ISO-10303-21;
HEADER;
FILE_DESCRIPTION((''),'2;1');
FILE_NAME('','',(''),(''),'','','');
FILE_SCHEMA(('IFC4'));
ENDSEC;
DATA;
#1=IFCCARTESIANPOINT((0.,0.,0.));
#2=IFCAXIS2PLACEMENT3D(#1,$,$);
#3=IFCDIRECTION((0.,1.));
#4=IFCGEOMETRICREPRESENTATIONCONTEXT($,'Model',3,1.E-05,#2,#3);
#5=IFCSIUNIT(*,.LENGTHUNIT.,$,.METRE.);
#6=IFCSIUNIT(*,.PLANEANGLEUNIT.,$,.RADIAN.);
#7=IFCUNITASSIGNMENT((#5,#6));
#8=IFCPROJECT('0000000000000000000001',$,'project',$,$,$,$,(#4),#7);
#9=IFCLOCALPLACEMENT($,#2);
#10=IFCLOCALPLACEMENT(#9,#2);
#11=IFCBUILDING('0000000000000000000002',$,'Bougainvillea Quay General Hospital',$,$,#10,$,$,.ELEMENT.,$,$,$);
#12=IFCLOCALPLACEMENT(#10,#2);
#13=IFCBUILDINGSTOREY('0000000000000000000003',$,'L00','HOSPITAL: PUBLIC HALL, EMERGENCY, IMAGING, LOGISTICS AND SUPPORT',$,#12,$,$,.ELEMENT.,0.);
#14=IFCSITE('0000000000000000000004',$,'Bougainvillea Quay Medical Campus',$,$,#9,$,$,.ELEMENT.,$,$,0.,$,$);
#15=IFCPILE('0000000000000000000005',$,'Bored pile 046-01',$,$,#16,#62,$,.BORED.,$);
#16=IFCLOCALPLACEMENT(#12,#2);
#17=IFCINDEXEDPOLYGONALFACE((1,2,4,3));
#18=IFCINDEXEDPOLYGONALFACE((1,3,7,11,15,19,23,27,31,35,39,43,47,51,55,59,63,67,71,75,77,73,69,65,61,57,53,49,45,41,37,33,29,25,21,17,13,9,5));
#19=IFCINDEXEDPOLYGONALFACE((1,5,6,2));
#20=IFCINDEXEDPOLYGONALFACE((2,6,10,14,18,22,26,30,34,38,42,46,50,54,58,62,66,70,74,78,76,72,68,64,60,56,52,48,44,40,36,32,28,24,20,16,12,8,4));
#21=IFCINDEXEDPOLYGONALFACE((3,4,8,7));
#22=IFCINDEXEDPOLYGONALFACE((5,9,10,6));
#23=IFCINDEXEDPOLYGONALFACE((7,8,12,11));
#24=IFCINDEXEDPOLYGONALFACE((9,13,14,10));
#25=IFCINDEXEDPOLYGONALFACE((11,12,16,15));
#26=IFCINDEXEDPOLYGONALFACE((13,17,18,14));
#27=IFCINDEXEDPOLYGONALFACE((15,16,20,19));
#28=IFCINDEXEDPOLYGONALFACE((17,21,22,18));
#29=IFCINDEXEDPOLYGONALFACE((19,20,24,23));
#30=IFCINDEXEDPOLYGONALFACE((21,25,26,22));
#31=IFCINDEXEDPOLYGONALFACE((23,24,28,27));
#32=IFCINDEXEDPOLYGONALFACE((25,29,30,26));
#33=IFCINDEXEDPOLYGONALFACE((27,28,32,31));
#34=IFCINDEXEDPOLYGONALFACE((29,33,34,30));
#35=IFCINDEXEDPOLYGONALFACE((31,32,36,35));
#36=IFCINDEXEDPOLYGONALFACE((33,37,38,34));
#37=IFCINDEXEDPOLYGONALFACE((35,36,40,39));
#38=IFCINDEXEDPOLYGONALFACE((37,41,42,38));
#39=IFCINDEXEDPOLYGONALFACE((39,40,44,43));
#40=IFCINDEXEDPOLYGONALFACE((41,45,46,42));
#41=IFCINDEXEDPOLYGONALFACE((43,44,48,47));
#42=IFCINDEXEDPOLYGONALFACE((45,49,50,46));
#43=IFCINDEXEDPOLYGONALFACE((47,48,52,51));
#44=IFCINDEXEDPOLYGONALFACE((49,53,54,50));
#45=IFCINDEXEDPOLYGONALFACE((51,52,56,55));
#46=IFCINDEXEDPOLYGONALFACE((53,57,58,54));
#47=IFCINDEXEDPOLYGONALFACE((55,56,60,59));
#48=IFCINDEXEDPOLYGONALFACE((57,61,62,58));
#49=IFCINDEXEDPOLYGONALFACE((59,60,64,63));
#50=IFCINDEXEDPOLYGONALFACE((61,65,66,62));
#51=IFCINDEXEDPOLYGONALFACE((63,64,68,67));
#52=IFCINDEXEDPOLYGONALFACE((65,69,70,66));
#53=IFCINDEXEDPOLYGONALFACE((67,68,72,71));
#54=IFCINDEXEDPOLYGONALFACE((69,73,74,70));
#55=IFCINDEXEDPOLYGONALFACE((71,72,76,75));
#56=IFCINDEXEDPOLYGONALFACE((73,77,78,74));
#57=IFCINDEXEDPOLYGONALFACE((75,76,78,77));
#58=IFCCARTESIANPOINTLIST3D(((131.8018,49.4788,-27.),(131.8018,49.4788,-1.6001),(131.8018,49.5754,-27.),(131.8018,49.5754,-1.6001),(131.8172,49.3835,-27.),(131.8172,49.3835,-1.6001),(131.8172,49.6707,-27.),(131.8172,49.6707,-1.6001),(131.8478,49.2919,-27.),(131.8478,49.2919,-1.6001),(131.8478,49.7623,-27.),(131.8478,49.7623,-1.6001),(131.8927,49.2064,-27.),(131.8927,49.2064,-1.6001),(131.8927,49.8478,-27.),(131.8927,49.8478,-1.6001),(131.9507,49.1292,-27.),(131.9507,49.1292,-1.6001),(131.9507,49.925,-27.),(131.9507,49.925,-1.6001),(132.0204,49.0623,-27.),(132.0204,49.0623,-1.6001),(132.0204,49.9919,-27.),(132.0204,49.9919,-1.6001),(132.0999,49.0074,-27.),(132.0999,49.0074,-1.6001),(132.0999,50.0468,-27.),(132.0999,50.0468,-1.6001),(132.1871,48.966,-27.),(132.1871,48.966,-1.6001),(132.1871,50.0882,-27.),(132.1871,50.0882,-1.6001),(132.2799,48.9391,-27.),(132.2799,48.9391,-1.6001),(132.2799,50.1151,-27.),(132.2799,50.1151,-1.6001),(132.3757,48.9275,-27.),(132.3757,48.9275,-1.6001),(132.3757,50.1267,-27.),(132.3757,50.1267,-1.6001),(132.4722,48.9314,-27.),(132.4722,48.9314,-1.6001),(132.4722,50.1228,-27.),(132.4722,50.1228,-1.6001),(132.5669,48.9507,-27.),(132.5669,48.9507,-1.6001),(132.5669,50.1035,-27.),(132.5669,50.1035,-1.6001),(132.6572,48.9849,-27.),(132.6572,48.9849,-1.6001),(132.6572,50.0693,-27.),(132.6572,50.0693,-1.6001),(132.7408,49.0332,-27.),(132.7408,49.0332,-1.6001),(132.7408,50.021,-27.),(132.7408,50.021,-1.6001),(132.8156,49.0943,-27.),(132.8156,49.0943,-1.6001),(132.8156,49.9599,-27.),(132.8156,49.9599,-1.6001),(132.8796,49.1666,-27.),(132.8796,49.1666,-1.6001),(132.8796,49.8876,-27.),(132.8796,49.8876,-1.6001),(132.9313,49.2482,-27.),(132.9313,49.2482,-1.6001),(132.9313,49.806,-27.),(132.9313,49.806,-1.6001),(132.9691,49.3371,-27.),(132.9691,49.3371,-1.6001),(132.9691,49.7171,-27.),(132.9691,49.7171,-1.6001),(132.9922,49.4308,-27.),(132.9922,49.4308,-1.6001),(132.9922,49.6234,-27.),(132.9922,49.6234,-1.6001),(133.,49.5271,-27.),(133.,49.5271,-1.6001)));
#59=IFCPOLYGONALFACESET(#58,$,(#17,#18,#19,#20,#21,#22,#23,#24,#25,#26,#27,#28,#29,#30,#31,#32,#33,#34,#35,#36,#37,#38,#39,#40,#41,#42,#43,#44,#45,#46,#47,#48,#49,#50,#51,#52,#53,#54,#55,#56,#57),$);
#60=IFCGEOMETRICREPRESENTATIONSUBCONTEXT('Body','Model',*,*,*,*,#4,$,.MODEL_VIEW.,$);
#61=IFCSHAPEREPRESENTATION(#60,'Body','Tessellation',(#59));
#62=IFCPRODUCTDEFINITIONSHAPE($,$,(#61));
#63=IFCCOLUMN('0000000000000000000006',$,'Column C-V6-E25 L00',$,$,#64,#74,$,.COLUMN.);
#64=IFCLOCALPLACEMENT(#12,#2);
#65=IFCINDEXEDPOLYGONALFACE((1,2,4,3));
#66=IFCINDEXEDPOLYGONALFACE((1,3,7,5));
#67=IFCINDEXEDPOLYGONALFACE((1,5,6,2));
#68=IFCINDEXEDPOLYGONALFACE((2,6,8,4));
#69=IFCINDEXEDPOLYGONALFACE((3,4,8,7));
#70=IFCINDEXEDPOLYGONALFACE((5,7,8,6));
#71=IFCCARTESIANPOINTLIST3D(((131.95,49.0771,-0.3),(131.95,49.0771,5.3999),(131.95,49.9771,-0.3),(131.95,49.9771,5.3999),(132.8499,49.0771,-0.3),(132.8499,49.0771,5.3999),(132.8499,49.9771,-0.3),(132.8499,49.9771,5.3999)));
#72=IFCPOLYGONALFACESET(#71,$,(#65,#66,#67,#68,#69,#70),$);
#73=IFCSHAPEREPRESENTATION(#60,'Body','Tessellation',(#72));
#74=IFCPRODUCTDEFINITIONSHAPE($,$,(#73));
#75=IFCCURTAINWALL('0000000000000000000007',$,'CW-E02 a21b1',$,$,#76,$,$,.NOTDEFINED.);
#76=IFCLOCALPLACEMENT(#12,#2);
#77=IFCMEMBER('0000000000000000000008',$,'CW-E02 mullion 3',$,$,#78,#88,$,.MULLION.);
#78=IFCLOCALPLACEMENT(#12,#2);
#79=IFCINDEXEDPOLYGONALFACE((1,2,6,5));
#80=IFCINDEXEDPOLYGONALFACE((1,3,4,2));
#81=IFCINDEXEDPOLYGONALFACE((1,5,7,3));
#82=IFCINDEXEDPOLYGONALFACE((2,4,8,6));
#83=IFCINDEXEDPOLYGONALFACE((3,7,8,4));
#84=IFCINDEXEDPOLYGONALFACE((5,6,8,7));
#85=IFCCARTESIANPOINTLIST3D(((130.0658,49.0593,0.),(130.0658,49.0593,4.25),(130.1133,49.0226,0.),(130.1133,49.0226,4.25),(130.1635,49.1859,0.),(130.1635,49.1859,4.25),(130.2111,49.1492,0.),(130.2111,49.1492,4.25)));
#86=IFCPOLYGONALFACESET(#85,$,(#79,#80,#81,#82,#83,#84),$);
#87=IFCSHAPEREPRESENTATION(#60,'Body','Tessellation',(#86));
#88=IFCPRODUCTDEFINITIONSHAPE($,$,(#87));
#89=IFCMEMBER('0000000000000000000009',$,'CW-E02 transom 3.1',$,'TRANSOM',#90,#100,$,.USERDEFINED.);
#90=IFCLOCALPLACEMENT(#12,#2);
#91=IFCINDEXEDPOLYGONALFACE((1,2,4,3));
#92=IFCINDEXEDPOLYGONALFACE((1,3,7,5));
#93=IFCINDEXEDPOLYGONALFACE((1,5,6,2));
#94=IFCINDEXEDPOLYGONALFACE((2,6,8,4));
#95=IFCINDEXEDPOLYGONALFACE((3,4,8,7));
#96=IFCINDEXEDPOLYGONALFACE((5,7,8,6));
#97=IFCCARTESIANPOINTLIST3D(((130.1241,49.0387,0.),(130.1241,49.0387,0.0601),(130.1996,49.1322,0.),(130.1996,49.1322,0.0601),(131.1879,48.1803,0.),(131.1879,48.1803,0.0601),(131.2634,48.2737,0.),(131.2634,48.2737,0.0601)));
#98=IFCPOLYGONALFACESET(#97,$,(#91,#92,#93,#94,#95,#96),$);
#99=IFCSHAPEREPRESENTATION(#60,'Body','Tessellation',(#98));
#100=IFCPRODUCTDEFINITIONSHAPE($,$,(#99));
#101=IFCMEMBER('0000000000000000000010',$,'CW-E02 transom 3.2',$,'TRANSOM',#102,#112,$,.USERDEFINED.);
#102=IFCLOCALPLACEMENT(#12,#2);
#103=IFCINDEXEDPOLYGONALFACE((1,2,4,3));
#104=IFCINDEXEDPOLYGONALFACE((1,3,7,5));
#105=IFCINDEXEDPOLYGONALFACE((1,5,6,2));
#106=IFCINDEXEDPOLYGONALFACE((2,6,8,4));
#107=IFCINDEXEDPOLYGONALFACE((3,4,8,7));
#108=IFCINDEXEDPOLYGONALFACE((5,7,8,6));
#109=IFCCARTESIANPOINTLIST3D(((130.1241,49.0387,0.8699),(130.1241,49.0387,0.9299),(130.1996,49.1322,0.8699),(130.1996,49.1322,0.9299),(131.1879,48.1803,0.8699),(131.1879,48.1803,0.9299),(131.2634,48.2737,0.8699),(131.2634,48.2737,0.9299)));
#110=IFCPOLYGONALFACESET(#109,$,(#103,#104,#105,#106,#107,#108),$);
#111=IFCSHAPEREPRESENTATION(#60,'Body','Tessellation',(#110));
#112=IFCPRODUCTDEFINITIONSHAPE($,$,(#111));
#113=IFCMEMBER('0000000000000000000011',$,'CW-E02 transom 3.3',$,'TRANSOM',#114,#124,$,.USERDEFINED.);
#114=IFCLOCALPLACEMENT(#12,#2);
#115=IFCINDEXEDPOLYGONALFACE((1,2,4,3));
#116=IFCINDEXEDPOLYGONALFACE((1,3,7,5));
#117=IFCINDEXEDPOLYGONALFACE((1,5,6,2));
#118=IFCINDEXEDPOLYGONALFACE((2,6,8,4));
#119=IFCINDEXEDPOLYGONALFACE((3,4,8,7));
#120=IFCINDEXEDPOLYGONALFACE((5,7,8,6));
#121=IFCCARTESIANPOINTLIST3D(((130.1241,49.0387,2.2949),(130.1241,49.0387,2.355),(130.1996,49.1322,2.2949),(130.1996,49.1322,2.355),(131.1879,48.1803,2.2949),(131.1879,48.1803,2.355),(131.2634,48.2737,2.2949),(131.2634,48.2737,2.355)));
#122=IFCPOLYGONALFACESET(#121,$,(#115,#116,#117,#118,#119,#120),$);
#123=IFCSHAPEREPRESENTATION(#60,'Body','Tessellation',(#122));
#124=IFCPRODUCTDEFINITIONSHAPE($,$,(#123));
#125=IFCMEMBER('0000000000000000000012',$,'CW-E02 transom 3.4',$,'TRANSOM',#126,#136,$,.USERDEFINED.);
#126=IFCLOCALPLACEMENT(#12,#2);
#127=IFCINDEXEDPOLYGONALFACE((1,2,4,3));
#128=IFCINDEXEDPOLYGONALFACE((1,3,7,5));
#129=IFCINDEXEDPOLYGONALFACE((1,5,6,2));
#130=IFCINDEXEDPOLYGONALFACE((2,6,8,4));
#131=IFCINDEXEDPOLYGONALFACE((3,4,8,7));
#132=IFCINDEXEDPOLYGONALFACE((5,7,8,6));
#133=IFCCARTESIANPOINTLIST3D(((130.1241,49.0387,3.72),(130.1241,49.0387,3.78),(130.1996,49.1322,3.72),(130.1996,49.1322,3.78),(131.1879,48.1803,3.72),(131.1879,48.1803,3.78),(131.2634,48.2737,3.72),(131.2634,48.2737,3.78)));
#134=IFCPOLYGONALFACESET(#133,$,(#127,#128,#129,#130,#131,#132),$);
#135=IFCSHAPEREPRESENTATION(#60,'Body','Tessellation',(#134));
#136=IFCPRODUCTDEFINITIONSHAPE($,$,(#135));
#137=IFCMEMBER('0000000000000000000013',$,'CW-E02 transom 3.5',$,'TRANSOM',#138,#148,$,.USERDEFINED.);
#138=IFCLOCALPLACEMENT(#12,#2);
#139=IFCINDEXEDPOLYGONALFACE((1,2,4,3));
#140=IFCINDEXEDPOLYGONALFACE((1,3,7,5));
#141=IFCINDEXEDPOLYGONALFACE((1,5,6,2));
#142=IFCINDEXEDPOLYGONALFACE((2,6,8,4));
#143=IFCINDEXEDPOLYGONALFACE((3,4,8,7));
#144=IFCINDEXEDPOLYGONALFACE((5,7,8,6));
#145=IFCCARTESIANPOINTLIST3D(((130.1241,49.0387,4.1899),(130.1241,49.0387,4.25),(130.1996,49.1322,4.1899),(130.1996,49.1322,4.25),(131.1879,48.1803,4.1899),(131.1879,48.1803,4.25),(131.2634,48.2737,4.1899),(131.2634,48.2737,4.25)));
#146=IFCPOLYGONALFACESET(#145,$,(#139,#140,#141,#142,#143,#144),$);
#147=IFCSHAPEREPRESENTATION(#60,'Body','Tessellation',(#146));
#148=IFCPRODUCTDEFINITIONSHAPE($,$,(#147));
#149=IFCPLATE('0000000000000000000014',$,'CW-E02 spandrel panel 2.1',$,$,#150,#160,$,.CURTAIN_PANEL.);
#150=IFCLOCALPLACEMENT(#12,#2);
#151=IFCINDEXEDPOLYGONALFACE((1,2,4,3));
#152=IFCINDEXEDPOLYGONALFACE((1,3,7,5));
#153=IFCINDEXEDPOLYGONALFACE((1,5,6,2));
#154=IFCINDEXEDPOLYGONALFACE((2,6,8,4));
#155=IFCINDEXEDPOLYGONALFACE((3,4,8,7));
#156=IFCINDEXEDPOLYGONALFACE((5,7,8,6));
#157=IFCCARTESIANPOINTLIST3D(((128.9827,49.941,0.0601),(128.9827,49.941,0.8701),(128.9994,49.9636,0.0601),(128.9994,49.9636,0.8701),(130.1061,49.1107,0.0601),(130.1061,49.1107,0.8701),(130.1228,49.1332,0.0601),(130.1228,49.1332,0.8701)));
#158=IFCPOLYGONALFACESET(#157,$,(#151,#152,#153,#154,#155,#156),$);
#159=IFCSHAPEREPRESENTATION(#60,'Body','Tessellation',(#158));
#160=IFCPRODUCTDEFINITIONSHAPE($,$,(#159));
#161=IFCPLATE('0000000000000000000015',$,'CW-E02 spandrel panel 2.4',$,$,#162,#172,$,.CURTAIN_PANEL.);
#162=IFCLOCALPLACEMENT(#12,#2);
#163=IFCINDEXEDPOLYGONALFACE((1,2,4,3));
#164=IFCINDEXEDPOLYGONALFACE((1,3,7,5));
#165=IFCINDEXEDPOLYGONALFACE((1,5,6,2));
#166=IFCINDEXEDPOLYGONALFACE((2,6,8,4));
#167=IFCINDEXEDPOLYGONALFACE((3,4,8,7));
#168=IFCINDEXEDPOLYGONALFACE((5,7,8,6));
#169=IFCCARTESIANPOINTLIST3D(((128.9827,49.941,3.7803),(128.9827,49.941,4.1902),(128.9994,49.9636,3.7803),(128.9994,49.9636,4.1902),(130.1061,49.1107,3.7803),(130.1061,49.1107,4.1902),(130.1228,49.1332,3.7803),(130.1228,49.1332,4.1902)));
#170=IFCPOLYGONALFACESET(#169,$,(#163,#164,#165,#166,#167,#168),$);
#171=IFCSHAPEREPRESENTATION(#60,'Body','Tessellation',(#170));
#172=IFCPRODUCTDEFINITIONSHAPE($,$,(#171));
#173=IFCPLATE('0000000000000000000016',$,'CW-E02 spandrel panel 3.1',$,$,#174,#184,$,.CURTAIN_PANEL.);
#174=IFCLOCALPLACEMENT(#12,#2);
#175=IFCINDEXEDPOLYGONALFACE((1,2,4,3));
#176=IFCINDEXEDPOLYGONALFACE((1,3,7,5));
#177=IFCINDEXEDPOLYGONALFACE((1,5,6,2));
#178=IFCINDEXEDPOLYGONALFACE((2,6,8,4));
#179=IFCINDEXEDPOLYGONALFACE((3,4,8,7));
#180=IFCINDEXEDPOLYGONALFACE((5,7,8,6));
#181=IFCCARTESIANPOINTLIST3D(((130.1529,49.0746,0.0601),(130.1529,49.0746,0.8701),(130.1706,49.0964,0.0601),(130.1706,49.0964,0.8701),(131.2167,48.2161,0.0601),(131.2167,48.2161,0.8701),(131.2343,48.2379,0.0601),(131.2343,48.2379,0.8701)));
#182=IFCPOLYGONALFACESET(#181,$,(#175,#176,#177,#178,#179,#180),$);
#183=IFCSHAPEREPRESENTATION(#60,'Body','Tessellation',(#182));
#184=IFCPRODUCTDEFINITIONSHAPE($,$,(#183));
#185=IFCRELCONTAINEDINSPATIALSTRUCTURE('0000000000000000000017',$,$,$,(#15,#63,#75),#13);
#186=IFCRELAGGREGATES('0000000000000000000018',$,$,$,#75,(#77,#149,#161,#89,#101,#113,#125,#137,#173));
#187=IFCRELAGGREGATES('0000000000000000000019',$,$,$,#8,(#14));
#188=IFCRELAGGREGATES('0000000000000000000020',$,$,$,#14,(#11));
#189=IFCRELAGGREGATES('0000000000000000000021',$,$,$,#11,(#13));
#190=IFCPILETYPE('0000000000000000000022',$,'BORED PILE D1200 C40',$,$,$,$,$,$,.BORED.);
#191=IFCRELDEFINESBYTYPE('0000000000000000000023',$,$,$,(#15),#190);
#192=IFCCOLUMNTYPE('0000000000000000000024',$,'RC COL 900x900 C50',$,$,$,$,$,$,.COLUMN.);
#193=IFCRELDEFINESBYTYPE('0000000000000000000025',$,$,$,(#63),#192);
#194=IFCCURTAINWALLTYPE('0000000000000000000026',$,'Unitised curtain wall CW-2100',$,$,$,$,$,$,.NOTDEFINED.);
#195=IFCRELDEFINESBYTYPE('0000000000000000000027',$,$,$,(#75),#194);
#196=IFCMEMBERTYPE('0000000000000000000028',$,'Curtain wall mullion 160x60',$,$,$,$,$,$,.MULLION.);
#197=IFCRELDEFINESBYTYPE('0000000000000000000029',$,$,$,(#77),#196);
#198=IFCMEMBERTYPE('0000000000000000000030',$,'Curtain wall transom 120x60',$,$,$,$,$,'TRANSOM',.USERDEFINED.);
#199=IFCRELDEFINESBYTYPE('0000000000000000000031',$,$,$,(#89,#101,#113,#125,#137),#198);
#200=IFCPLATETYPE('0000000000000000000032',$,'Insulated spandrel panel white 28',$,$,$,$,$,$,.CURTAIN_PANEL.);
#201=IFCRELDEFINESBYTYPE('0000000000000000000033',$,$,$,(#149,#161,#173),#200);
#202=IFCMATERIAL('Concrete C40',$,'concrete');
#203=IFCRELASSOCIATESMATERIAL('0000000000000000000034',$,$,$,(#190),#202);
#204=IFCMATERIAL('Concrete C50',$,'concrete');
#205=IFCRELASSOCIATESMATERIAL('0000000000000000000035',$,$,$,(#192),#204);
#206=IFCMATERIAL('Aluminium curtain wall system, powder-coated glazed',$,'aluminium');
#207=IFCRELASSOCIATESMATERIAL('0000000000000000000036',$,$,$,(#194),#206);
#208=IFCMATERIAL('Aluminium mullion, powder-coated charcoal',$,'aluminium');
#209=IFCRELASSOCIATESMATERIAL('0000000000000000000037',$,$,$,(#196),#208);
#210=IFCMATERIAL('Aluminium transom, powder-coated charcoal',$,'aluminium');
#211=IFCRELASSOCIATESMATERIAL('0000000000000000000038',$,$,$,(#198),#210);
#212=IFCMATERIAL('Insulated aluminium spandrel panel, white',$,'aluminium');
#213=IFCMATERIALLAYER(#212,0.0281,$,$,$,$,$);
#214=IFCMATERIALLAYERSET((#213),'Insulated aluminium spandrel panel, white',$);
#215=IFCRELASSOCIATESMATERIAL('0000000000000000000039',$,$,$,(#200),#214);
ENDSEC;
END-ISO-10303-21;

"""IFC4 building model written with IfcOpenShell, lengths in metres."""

from ifc_helpers import new_model, si_unit, direction, frame, origin, origin_2d, place, context, subcontext, project, spatial, rectangle, circle, extrude, material, layer, layer_set, material_profile, profile_set, type_object, element, aggregate, save


model = new_model("IFC4")

# Units and contexts
model_context = context("Model", 3, precision=1e-05, world=origin(), true_north=direction((0.0, 1.0)))
body_context = subcontext(model_context, "Body", "Model", "MODEL_VIEW")
ifc_project = project(units=[si_unit("LENGTHUNIT", "METRE"), si_unit("PLANEANGLEUNIT", "RADIAN")], contexts=[model_context])

# Site, building, storey
site_placement = place(None, origin())
site = spatial("IfcSite", under=ifc_project, at=site_placement, Name="Bougainvillea Quay Medical Campus", CompositionType="ELEMENT", RefElevation=0.0)
building_placement = place(site_placement, origin())
building = spatial("IfcBuilding", under=site, at=building_placement, Name="Bougainvillea Quay General Hospital", CompositionType="ELEMENT")
storey_placement = place(building_placement, origin())
storey = spatial("IfcBuildingStorey", under=building, at=storey_placement, Name="L00", Description="HOSPITAL: PUBLIC HALL, EMERGENCY, IMAGING, LOGISTICS AND SUPPORT", CompositionType="ELEMENT", Elevation=0.0)

# Pile
ifc_material_1 = material(Name="Concrete C40", Category="concrete")
ifc_material_profile_1 = material_profile(ifc_material_1, circle(Radius=0.6001, at=origin_2d()))
ifc_profile_set_1 = profile_set([ifc_material_profile_1], Name="Concrete C40")
pile_type = type_object("IfcPileType", Name="BORED PILE D1200 C40", PredefinedType="BORED", material=ifc_profile_set_1)
pile_placement = place(storey_placement, frame((132.3999, 49.5271, -1.6001), z_axis=(0.0, 0.0, -1.0), x_axis=(1.0, 0.0, 0.0)))
element("IfcPile", 1, at=pile_placement, inside=storey, type_object=pile_type, Name="Bored pile 046-01", PredefinedType="BORED", context=body_context, shape_type="SweptSolid", body=[
    extrude(circle(Radius=0.6001, at=origin_2d()), origin(), (0.0, 0.0, 1.0), 25.3999),
])

# Column
ifc_material_2 = material(Name="Concrete C50", Category="concrete")
ifc_material_profile_2 = material_profile(ifc_material_2, rectangle(XDim=0.8999, YDim=0.8999, at=origin_2d()))
ifc_profile_set_2 = profile_set([ifc_material_profile_2], Name="Concrete C50")
column_type = type_object("IfcColumnType", Name="RC COL 900x900 C50", PredefinedType="COLUMN", material=ifc_profile_set_2)
column_placement = place(storey_placement, frame((132.3999, 49.5271, -0.3), z_axis=(0.0, 0.0, 1.0), x_axis=(1.0, 0.0, 0.0)))
element("IfcColumn", 2, at=column_placement, inside=storey, type_object=column_type, Name="Column C-V6-E25 L00", PredefinedType="COLUMN", context=body_context, shape_type="SweptSolid", body=[
    extrude(rectangle(XDim=0.8999, YDim=0.8999, at=origin_2d()), origin(), (0.0, 0.0, 1.0), 5.7),
])

# Curtain wall, members, plates
ifc_material_3 = material(Name="Aluminium curtain wall system, powder-coated glazed", Category="aluminium")
curtain_wall_type = type_object("IfcCurtainWallType", Name="Unitised curtain wall CW-2100", PredefinedType="NOTDEFINED", material=ifc_material_3)
curtain_wall_placement = place(storey_placement, origin())
curtain_wall = element("IfcCurtainWall", 3, at=curtain_wall_placement, inside=storey, type_object=curtain_wall_type, Name="CW-E02 a21b1", PredefinedType="NOTDEFINED")
ifc_material_4 = material(Name="Aluminium mullion, powder-coated charcoal", Category="aluminium")
ifc_material_profile_3 = material_profile(ifc_material_4, rectangle(XDim=0.1599, YDim=0.0601, at=origin_2d()))
ifc_profile_set_3 = profile_set([ifc_material_profile_3], Name="Aluminium mullion, powder-coated charcoal")
member_type_1 = type_object("IfcMemberType", Name="Curtain wall mullion 160x60", PredefinedType="MULLION", material=ifc_profile_set_3)
member_1_placement = place(storey_placement, frame((130.1384, 49.1042, 0.0), z_axis=(0.0, 0.0, 1.0), x_axis=(0.611343, 0.791366, 0.0)))
member_1 = element("IfcMember", 4, at=member_1_placement, type_object=member_type_1, Name="CW-E02 mullion 3", PredefinedType="MULLION", context=body_context, shape_type="SweptSolid", body=[
    extrude(rectangle(XDim=0.1599, YDim=0.0601, at=origin_2d()), origin(), (0.0, 0.0, 1.0), 4.25),
])
ifc_material_5 = material(Name="Aluminium transom, powder-coated charcoal", Category="aluminium")
ifc_material_profile_4 = material_profile(ifc_material_5, rectangle(XDim=0.1201, YDim=0.0601, at=origin_2d()))
ifc_profile_set_4 = profile_set([ifc_material_profile_4], Name="Aluminium transom, powder-coated charcoal")
member_type_2 = type_object("IfcMemberType", Name="Curtain wall transom 120x60", ElementType="TRANSOM", PredefinedType="USERDEFINED", material=ifc_profile_set_4)
member_2_placement = place(storey_placement, frame((130.1619, 49.0854, 0.03), z_axis=(0.778213, -0.628, 0.0), x_axis=(0.628, 0.778213, 0.0)))
member_2 = element("IfcMember", 5, at=member_2_placement, type_object=member_type_2, Name="CW-E02 transom 3.1", ObjectType="TRANSOM", PredefinedType="USERDEFINED", context=body_context, shape_type="SweptSolid", body=[
    extrude(rectangle(XDim=0.1201, YDim=0.0601, at=origin_2d()), origin(), (0.0, 0.0, 1.0), 1.3669),
])
member_3_placement = place(storey_placement, frame((130.1619, 49.0854, 0.8999), z_axis=(0.778213, -0.628, 0.0), x_axis=(0.628, 0.778213, 0.0)))
member_3 = element("IfcMember", 6, at=member_3_placement, type_object=member_type_2, Name="CW-E02 transom 3.2", ObjectType="TRANSOM", PredefinedType="USERDEFINED", context=body_context, shape_type="SweptSolid", body=[
    extrude(rectangle(XDim=0.1201, YDim=0.0601, at=origin_2d()), origin(), (0.0, 0.0, 1.0), 1.3669),
])
member_4_placement = place(storey_placement, frame((130.1619, 49.0854, 2.325), z_axis=(0.778213, -0.628, 0.0), x_axis=(0.628, 0.778213, 0.0)))
member_4 = element("IfcMember", 7, at=member_4_placement, type_object=member_type_2, Name="CW-E02 transom 3.3", ObjectType="TRANSOM", PredefinedType="USERDEFINED", context=body_context, shape_type="SweptSolid", body=[
    extrude(rectangle(XDim=0.1201, YDim=0.0601, at=origin_2d()), origin(), (0.0, 0.0, 1.0), 1.3669),
])
member_5_placement = place(storey_placement, frame((130.1619, 49.0854, 3.75), z_axis=(0.778213, -0.628, 0.0), x_axis=(0.628, 0.778213, 0.0)))
member_5 = element("IfcMember", 8, at=member_5_placement, type_object=member_type_2, Name="CW-E02 transom 3.4", ObjectType="TRANSOM", PredefinedType="USERDEFINED", context=body_context, shape_type="SweptSolid", body=[
    extrude(rectangle(XDim=0.1201, YDim=0.0601, at=origin_2d()), origin(), (0.0, 0.0, 1.0), 1.3669),
])
member_6_placement = place(storey_placement, frame((130.1619, 49.0854, 4.22), z_axis=(0.778213, -0.628, 0.0), x_axis=(0.628, 0.778213, 0.0)))
member_6 = element("IfcMember", 9, at=member_6_placement, type_object=member_type_2, Name="CW-E02 transom 3.5", ObjectType="TRANSOM", PredefinedType="USERDEFINED", context=body_context, shape_type="SweptSolid", body=[
    extrude(rectangle(XDim=0.1201, YDim=0.0601, at=origin_2d()), origin(), (0.0, 0.0, 1.0), 1.3669),
])
ifc_material_6 = material(Name="Insulated aluminium spandrel panel, white", Category="aluminium")
ifc_layer_1 = layer(ifc_material_6, 0.0281)
ifc_layer_set_1 = layer_set([ifc_layer_1], Name="Insulated aluminium spandrel panel, white")
plate_type_1 = type_object("IfcPlateType", Name="Insulated spandrel panel white 28", PredefinedType="CURTAIN_PANEL", material=ifc_layer_set_1)
plate_1_placement = place(storey_placement, frame((129.5527, 49.5371, 0.0601), z_axis=(0.0, 0.0, 1.0), x_axis=(0.804189, -0.594374, 0.0)))
plate_1 = element("IfcPlate", 10, at=plate_1_placement, type_object=plate_type_1, Name="CW-E02 spandrel panel 2.1", PredefinedType="CURTAIN_PANEL", context=body_context, shape_type="SweptSolid", body=[
    extrude(rectangle(XDim=1.397, YDim=0.0281, at=origin_2d()), origin(), (0.0, 0.0, 1.0), 0.8101),
])
plate_2_placement = place(storey_placement, frame((129.5527, 49.5371, 3.7803), z_axis=(0.0, 0.0, 1.0), x_axis=(0.804189, -0.594374, 0.0)))
plate_2 = element("IfcPlate", 11, at=plate_2_placement, type_object=plate_type_1, Name="CW-E02 spandrel panel 2.4", PredefinedType="CURTAIN_PANEL", context=body_context, shape_type="SweptSolid", body=[
    extrude(rectangle(XDim=1.397, YDim=0.0281, at=origin_2d()), origin(), (0.0, 0.0, 1.0), 0.4099),
])
plate_3_placement = place(storey_placement, frame((130.6936, 48.6562, 0.0601), z_axis=(0.0, 0.0, 1.0), x_axis=(0.778185, -0.628035, 0.0)))
plate_3 = element("IfcPlate", 12, at=plate_3_placement, type_object=plate_type_1, Name="CW-E02 spandrel panel 3.1", PredefinedType="CURTAIN_PANEL", context=body_context, shape_type="SweptSolid", body=[
    extrude(rectangle(XDim=1.3669, YDim=0.0281, at=origin_2d()), origin(), (0.0, 0.0, 1.0), 0.8101),
])
aggregate(curtain_wall, [member_1, plate_1, plate_2, member_2, member_3, member_4, member_5, member_6, plate_3])

save(model, "model.ifc")
